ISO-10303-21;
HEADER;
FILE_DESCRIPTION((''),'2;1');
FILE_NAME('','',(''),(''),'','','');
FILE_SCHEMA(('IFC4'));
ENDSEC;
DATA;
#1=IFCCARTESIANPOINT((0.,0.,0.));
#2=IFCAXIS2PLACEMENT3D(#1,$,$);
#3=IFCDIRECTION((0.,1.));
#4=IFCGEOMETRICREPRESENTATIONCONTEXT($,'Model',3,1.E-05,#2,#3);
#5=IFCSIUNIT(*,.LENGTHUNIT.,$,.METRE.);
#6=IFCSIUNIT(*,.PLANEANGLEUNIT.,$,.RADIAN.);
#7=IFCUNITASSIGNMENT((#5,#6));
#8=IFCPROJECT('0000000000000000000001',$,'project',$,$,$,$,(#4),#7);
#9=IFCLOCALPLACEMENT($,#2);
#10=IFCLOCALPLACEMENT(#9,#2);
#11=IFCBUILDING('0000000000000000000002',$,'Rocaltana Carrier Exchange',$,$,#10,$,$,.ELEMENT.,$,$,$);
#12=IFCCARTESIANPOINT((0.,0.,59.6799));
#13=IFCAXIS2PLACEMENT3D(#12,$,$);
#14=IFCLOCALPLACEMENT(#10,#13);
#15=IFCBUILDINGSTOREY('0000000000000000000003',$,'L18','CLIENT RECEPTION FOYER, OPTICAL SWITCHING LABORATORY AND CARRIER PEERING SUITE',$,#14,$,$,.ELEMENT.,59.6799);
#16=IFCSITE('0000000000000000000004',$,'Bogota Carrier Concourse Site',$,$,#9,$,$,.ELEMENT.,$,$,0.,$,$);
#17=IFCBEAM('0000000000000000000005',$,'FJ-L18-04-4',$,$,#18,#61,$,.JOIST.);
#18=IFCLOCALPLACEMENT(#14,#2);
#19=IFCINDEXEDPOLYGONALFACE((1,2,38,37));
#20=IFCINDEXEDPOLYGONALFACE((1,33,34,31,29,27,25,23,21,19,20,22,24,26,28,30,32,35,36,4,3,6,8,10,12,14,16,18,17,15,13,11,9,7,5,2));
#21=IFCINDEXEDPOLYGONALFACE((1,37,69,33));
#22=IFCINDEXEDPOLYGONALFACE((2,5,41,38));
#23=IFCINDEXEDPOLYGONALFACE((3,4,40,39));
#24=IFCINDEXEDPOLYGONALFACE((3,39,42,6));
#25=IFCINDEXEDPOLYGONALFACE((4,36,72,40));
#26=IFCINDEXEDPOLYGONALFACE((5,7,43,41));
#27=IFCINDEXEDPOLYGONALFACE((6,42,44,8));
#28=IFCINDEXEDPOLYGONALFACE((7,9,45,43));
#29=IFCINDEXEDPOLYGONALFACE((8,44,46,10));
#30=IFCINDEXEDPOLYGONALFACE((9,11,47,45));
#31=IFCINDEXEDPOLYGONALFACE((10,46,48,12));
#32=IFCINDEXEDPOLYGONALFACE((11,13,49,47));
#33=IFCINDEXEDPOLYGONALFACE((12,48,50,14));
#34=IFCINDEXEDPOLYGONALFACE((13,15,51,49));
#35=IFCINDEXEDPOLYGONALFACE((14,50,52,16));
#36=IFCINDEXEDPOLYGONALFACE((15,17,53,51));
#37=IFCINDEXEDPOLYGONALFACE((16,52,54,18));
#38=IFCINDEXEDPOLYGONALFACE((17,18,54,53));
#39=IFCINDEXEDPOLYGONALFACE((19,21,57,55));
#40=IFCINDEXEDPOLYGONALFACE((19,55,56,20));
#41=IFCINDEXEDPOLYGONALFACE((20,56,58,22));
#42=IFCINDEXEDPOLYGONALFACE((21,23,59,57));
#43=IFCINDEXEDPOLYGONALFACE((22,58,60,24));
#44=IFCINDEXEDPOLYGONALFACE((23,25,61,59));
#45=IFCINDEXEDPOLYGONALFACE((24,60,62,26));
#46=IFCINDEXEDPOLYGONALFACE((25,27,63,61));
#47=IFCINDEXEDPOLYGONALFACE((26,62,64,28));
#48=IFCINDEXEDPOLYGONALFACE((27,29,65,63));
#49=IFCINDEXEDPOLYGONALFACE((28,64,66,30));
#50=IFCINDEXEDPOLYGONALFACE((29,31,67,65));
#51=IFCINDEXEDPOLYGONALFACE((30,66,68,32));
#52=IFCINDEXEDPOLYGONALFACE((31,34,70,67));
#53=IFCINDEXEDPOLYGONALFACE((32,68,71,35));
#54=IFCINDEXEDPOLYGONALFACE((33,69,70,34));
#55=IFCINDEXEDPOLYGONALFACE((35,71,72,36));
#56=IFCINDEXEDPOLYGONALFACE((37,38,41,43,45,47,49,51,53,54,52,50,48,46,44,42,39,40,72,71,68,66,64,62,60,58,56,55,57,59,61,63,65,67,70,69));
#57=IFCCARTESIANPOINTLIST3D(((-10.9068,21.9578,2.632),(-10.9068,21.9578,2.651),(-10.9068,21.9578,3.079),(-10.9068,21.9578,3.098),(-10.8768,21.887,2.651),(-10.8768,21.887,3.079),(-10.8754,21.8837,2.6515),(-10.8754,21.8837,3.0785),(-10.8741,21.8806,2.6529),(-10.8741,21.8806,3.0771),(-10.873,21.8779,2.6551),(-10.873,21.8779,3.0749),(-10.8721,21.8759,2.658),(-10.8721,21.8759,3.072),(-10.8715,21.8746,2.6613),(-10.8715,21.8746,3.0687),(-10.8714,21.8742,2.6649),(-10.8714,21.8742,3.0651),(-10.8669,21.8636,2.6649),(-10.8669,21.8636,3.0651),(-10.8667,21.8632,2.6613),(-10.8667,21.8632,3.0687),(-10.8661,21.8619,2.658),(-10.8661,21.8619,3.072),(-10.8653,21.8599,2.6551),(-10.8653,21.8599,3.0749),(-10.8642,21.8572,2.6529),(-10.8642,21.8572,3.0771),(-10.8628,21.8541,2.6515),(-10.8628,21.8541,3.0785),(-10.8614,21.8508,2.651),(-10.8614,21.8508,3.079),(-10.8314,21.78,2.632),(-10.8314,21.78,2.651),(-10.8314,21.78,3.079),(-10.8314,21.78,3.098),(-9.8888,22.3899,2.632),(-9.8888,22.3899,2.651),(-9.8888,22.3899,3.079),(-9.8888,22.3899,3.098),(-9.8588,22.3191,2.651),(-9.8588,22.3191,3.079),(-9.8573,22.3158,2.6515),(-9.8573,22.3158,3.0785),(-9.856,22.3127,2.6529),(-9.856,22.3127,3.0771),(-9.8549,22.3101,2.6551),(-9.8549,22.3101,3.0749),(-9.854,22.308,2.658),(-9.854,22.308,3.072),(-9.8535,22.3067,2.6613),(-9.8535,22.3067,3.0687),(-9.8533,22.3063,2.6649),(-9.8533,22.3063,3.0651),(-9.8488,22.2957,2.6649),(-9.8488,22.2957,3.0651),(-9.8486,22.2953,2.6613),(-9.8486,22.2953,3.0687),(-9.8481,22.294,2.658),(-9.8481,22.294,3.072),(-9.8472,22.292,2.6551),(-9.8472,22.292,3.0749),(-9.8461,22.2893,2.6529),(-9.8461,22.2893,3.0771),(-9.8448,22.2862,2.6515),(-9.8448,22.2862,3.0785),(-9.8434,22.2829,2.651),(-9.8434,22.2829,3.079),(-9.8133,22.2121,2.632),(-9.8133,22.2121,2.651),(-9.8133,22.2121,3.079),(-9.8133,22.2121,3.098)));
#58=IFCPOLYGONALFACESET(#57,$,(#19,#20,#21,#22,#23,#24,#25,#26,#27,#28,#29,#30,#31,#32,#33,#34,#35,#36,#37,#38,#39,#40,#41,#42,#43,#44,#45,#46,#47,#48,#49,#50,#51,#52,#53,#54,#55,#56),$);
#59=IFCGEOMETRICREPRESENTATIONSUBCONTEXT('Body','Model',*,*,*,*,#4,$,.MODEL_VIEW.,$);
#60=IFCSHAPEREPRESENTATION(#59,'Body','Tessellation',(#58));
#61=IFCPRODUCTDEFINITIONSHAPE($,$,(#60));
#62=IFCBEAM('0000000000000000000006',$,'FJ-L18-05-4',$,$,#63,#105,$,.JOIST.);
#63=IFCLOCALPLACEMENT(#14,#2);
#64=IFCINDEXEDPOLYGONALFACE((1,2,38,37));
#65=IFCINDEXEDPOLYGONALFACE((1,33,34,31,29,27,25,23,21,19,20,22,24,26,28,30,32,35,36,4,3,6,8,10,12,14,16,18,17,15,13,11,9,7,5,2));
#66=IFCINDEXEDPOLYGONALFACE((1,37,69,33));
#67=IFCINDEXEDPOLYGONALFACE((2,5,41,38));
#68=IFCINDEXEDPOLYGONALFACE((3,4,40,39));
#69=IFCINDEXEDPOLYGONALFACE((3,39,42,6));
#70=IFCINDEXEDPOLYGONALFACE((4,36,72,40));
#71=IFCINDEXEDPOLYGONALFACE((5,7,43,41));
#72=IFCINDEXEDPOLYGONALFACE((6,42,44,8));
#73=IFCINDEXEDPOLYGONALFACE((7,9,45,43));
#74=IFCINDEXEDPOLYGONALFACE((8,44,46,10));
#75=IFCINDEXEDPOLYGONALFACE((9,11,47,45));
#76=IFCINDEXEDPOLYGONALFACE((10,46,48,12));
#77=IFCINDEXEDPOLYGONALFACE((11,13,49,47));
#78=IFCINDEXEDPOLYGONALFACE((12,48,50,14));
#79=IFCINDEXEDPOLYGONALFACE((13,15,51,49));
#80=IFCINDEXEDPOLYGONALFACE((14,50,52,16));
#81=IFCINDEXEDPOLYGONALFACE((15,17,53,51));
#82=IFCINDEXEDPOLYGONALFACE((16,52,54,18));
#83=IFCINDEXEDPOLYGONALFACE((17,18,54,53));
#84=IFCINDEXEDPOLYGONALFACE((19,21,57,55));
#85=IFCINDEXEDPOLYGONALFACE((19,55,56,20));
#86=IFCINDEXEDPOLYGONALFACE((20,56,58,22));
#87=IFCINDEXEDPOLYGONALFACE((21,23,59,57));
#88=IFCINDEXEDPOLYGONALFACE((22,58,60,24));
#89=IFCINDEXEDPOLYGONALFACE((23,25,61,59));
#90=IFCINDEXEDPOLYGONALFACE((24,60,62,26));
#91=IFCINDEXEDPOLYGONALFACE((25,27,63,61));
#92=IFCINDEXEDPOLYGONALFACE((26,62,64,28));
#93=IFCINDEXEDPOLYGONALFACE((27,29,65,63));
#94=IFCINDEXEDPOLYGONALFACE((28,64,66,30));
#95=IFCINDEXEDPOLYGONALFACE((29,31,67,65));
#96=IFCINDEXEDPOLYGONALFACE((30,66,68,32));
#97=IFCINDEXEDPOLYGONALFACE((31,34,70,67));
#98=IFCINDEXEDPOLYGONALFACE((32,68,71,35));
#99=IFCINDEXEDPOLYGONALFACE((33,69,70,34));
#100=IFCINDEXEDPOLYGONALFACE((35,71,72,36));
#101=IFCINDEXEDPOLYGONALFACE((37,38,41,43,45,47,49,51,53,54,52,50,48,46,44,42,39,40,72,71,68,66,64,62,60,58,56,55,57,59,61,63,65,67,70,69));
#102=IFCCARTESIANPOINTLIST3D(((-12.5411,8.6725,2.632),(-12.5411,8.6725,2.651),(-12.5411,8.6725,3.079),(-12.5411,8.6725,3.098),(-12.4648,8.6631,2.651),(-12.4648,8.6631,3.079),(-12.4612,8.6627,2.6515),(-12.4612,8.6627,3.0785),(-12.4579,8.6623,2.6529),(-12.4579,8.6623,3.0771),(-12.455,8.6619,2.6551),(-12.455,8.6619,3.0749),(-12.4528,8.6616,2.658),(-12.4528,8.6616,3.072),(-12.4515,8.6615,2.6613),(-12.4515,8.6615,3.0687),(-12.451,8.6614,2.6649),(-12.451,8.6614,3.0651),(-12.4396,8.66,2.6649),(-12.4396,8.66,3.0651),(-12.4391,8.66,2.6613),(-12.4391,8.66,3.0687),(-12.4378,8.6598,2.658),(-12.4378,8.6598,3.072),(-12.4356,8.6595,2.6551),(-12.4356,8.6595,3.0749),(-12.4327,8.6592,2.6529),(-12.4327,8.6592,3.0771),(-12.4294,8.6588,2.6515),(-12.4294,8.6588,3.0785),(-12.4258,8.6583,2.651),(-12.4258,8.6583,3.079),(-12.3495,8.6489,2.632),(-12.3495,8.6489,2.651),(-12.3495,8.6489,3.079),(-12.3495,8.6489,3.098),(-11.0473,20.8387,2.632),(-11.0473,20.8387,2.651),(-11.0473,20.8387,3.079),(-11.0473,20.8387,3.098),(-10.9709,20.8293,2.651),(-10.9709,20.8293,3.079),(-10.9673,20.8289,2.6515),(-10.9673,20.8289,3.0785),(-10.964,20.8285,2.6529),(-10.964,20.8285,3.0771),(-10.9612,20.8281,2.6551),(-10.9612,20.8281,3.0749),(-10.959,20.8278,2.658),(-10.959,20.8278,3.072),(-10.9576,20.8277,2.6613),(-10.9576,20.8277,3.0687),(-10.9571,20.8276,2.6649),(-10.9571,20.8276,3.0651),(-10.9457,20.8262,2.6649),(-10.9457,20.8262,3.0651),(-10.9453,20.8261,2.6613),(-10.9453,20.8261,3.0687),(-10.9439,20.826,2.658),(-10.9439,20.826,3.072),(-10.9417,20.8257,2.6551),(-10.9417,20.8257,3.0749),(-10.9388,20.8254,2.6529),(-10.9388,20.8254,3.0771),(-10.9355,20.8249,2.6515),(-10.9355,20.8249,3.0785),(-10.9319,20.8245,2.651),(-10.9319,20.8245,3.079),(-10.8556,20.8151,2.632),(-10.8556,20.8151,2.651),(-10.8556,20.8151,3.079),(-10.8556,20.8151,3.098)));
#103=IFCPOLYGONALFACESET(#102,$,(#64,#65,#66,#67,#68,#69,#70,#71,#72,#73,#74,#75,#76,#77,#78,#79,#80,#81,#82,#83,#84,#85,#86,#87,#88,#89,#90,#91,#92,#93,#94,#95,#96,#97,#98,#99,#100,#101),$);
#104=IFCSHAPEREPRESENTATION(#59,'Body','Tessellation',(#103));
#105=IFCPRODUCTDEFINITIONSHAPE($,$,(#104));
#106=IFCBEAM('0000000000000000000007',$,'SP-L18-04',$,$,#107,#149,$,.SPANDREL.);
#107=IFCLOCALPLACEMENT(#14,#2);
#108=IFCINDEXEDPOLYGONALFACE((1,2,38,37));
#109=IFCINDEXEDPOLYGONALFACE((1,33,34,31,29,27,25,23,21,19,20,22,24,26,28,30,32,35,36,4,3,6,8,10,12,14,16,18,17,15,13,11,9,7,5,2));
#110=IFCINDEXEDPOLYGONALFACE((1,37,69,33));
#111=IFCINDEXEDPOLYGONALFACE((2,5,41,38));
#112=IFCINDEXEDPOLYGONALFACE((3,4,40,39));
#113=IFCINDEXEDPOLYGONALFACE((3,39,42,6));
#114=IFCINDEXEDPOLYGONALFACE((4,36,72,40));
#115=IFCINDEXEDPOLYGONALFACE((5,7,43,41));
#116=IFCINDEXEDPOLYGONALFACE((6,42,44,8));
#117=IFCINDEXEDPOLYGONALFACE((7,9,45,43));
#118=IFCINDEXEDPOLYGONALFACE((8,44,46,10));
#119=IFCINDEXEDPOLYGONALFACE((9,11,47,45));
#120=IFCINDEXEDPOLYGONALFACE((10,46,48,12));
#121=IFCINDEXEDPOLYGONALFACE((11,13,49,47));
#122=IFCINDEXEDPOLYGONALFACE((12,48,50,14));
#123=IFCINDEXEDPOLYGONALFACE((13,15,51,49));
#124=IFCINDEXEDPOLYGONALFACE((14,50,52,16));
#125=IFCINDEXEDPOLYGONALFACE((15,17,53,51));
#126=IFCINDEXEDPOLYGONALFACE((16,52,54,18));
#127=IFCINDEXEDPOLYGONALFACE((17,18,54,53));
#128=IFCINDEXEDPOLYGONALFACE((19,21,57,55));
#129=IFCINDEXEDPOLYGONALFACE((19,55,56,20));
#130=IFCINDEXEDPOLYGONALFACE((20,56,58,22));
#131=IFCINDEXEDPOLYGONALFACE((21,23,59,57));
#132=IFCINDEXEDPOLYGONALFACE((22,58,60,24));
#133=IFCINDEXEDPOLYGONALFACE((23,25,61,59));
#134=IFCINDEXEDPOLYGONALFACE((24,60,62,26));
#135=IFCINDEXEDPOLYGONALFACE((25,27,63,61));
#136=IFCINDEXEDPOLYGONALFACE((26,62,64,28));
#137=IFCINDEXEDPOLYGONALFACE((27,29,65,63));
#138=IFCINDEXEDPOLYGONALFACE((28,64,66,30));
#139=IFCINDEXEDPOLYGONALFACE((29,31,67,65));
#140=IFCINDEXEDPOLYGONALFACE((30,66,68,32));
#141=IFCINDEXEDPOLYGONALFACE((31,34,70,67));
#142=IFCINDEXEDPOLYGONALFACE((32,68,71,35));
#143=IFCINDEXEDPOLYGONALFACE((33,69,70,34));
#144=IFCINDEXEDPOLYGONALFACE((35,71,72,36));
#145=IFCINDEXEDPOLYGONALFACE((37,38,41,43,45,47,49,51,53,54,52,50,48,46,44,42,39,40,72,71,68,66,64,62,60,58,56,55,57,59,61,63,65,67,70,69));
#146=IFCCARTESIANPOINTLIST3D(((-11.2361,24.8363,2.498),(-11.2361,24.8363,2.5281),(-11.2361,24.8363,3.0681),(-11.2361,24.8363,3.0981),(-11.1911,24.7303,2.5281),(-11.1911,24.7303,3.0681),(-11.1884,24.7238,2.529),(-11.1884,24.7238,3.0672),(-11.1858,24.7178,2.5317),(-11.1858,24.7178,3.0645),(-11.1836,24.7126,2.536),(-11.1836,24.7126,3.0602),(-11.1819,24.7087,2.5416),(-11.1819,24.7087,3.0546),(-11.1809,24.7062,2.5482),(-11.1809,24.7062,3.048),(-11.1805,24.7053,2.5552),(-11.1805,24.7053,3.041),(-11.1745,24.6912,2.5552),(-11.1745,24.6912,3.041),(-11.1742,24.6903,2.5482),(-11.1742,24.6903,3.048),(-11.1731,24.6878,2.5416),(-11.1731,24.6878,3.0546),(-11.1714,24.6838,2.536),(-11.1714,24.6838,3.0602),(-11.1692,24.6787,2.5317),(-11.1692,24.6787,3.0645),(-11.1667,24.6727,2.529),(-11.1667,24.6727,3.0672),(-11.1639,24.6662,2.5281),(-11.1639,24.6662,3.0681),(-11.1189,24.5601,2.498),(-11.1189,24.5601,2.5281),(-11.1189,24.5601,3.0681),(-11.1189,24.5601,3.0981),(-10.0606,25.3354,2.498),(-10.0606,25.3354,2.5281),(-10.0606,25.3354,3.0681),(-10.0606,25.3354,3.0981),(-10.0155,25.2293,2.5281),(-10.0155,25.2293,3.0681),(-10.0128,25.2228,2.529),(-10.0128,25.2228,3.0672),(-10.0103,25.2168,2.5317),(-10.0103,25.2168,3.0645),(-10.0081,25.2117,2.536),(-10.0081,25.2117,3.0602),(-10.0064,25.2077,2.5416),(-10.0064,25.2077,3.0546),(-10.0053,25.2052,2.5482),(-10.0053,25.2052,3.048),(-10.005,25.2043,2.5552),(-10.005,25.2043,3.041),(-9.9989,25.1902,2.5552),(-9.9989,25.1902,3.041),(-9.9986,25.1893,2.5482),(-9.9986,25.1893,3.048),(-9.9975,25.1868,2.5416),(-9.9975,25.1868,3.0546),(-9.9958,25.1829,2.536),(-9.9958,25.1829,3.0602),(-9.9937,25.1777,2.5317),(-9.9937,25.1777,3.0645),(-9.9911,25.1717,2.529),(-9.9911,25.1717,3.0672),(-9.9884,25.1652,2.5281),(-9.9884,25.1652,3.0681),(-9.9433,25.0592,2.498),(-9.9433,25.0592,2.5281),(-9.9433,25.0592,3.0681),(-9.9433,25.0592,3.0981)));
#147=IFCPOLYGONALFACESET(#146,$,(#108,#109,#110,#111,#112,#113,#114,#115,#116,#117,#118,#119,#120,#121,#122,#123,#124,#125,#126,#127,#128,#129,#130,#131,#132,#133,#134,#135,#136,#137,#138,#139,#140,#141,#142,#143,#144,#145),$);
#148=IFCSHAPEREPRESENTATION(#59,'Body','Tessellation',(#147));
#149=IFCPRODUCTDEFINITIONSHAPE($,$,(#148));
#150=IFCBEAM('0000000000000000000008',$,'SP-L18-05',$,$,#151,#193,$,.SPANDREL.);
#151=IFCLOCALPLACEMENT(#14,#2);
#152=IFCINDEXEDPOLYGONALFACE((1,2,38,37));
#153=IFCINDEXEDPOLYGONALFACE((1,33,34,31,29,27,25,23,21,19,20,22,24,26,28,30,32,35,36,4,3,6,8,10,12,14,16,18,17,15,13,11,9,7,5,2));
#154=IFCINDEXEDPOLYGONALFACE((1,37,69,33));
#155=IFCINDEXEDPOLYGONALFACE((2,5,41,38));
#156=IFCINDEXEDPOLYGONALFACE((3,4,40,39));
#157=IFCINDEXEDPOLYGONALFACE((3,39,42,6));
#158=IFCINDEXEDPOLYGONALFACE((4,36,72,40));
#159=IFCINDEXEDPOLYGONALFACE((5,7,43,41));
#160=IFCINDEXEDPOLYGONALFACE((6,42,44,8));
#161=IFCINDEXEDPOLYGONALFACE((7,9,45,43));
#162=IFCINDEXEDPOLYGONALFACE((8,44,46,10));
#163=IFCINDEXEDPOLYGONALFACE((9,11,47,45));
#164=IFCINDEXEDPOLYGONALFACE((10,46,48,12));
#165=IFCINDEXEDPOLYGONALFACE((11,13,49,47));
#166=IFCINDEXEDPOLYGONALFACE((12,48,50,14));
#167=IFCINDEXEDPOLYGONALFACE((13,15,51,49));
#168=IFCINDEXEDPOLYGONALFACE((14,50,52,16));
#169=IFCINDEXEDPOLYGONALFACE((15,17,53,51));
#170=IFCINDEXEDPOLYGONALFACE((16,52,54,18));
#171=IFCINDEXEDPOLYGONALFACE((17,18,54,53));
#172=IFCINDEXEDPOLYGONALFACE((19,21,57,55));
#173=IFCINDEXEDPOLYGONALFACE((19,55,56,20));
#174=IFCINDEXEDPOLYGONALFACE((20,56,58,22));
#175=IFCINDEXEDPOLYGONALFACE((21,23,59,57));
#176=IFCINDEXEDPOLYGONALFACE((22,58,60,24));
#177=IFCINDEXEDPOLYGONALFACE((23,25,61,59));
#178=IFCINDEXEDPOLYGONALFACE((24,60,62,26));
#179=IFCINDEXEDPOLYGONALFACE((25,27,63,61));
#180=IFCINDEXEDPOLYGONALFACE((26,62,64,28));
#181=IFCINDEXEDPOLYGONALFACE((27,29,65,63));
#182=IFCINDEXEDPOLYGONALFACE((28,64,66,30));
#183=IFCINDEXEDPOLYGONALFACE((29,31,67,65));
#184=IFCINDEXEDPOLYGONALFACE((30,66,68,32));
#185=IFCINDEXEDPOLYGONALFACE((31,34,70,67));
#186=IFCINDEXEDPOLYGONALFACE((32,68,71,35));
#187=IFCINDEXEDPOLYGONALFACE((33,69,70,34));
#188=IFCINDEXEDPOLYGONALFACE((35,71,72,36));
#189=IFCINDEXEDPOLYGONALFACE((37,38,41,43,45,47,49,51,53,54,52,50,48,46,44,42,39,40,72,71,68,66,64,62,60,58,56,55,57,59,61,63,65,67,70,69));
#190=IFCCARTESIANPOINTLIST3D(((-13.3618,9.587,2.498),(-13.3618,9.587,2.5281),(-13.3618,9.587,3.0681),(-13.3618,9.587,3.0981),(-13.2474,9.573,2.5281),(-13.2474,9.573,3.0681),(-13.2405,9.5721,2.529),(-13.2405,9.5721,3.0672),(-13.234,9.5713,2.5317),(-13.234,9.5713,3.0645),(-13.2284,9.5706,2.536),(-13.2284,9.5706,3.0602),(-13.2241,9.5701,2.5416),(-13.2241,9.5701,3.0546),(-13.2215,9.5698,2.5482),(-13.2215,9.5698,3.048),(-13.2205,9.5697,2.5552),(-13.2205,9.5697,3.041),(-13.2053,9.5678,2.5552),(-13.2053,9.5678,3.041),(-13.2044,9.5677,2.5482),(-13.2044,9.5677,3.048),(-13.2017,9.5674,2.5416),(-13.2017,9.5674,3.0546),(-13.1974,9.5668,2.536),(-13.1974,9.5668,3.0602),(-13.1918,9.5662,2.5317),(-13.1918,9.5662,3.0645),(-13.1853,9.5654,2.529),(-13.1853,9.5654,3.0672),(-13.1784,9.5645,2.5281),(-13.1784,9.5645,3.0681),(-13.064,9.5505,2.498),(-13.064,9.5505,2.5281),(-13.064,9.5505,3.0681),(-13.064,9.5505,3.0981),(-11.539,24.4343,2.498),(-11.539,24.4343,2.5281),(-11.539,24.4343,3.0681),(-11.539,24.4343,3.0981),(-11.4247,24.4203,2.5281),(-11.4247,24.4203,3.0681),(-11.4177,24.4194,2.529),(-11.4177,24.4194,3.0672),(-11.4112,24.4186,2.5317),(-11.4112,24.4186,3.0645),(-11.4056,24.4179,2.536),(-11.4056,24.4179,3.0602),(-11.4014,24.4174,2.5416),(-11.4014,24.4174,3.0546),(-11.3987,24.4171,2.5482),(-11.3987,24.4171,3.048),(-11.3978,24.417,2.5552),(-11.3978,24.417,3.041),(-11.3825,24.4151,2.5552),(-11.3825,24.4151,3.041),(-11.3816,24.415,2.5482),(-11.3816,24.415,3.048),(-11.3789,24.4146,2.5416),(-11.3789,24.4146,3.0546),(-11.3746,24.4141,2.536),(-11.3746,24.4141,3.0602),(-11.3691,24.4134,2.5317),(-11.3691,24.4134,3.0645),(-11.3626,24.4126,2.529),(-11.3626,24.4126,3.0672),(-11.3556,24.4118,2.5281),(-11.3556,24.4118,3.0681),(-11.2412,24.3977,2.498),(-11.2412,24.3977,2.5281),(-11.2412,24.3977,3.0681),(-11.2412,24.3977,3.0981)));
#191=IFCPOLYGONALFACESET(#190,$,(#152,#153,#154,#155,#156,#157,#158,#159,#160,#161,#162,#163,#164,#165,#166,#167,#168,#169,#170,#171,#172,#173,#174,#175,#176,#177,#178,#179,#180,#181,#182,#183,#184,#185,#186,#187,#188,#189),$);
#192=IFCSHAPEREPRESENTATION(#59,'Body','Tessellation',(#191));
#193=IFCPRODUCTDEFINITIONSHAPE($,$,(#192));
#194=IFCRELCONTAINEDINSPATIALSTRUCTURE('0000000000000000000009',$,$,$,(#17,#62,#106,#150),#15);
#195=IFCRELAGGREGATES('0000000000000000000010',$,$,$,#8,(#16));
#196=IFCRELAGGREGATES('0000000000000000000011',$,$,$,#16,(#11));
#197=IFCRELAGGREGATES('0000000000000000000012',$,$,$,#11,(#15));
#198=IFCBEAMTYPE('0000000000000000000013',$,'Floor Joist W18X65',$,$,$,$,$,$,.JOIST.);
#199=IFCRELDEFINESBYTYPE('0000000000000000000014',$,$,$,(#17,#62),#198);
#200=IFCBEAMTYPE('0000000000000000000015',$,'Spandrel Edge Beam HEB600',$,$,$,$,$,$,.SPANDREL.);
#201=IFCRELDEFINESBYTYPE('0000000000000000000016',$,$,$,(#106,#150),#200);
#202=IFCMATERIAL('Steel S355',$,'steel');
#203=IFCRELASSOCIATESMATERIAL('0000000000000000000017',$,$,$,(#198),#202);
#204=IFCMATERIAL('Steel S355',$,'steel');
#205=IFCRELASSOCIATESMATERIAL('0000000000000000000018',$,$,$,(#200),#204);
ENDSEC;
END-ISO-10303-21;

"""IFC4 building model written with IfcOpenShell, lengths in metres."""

from ifc_helpers import new_model, si_unit, direction, frame, origin, origin_2d, place, context, subcontext, project, spatial, i_section, extrude, material, material_profile, profile_set, type_object, element, save


model = new_model("IFC4")

# Units and contexts
model_context = context("Model", 3, precision=1e-05, world=origin(), true_north=direction((0.0, 1.0)))
body_context = subcontext(model_context, "Body", "Model", "MODEL_VIEW")
ifc_project = project(units=[si_unit("LENGTHUNIT", "METRE"), si_unit("PLANEANGLEUNIT", "RADIAN")], contexts=[model_context])

# Site, building, storey
site_placement = place(None, origin())
site = spatial("IfcSite", under=ifc_project, at=site_placement, Name="Bogota Carrier Concourse Site", CompositionType="ELEMENT", RefElevation=0.0)
building_placement = place(site_placement, origin())
building = spatial("IfcBuilding", under=site, at=building_placement, Name="Rocaltana Carrier Exchange", CompositionType="ELEMENT")
storey_placement = place(building_placement, frame((0.0, 0.0, 59.6799)))
storey = spatial("IfcBuildingStorey", under=building, at=storey_placement, Name="L18", Description="CLIENT RECEPTION FOYER, OPTICAL SWITCHING LABORATORY AND CARRIER PEERING SUITE", CompositionType="ELEMENT", Elevation=59.6799)

# Beams
ifc_material_1 = material(Name="Steel S355", Category="steel")
ifc_material_profile_1 = material_profile(ifc_material_1, i_section(OverallWidth=0.1931, OverallDepth=0.4661, WebThickness=0.0115, FlangeThickness=0.019, FilletRadius=0.0139, at=origin_2d()), Name="W18X65")
ifc_profile_set_1 = profile_set([ifc_material_profile_1], Name="Steel S355")
beam_type_1 = type_object("IfcBeamType", Name="Floor Joist W18X65", PredefinedType="JOIST", material=ifc_profile_set_1)
beam_1_placement = place(storey_placement, frame((-9.8511, 22.301, 2.865), z_axis=(-0.92051, -0.39072, 0.0), x_axis=(0.39072, -0.92051, 0.0)))
element("IfcBeam", 1, at=beam_1_placement, inside=storey, type_object=beam_type_1, Name="FJ-L18-04-4", PredefinedType="JOIST", context=body_context, shape_type="SweptSolid", body=[
    extrude(i_section(OverallWidth=0.1931, OverallDepth=0.4661, WebThickness=0.0115, FlangeThickness=0.019, FilletRadius=0.0139, at=origin_2d()), origin(), (0.0, 0.0, 1.0), 1.106),
])
beam_2_placement = place(storey_placement, frame((-10.9514, 20.8269, 2.865), z_axis=(-0.121875, -0.992545, 0.0), x_axis=(0.992545, -0.121875, 0.0)))
element("IfcBeam", 2, at=beam_2_placement, inside=storey, type_object=beam_type_1, Name="FJ-L18-05-4", PredefinedType="JOIST", context=body_context, shape_type="SweptSolid", body=[
    extrude(i_section(OverallWidth=0.1931, OverallDepth=0.4661, WebThickness=0.0115, FlangeThickness=0.019, FilletRadius=0.0139, at=origin_2d()), origin(), (0.0, 0.0, 1.0), 12.2576),
])
ifc_material_2 = material(Name="Steel S355", Category="steel")
ifc_material_profile_2 = material_profile(ifc_material_2, i_section(OverallWidth=0.3, OverallDepth=0.6001, WebThickness=0.0154, FlangeThickness=0.03, FilletRadius=0.0271, at=origin_2d()), Name="HEB600")
ifc_profile_set_2 = profile_set([ifc_material_profile_2], Name="Steel S355")
beam_type_2 = type_object("IfcBeamType", Name="Spandrel Edge Beam HEB600", PredefinedType="SPANDREL", material=ifc_profile_set_2)
beam_3_placement = place(storey_placement, frame((-10.002, 25.1973, 2.7981), z_axis=(-0.920494, -0.390756, 0.0), x_axis=(0.390756, -0.920494, 0.0)))
element("IfcBeam", 3, at=beam_3_placement, inside=storey, type_object=beam_type_2, Name="SP-L18-04", PredefinedType="SPANDREL", context=body_context, shape_type="SweptSolid", body=[
    extrude(i_section(OverallWidth=0.3, OverallDepth=0.6001, WebThickness=0.0154, FlangeThickness=0.03, FilletRadius=0.0271, at=origin_2d()), origin(), (0.0, 0.0, 1.0), 1.2771),
])
beam_4_placement = place(storey_placement, frame((-11.3901, 24.416, 2.7981), z_axis=(-0.121853, -0.992548, 0.0), x_axis=(0.992548, -0.121853, 0.0)))
element("IfcBeam", 4, at=beam_4_placement, inside=storey, type_object=beam_type_2, Name="SP-L18-05", PredefinedType="SPANDREL", context=body_context, shape_type="SweptSolid", body=[
    extrude(i_section(OverallWidth=0.3, OverallDepth=0.6001, WebThickness=0.0154, FlangeThickness=0.03, FilletRadius=0.0271, at=origin_2d()), origin(), (0.0, 0.0, 1.0), 14.9587),
])

save(model, "model.ifc")
